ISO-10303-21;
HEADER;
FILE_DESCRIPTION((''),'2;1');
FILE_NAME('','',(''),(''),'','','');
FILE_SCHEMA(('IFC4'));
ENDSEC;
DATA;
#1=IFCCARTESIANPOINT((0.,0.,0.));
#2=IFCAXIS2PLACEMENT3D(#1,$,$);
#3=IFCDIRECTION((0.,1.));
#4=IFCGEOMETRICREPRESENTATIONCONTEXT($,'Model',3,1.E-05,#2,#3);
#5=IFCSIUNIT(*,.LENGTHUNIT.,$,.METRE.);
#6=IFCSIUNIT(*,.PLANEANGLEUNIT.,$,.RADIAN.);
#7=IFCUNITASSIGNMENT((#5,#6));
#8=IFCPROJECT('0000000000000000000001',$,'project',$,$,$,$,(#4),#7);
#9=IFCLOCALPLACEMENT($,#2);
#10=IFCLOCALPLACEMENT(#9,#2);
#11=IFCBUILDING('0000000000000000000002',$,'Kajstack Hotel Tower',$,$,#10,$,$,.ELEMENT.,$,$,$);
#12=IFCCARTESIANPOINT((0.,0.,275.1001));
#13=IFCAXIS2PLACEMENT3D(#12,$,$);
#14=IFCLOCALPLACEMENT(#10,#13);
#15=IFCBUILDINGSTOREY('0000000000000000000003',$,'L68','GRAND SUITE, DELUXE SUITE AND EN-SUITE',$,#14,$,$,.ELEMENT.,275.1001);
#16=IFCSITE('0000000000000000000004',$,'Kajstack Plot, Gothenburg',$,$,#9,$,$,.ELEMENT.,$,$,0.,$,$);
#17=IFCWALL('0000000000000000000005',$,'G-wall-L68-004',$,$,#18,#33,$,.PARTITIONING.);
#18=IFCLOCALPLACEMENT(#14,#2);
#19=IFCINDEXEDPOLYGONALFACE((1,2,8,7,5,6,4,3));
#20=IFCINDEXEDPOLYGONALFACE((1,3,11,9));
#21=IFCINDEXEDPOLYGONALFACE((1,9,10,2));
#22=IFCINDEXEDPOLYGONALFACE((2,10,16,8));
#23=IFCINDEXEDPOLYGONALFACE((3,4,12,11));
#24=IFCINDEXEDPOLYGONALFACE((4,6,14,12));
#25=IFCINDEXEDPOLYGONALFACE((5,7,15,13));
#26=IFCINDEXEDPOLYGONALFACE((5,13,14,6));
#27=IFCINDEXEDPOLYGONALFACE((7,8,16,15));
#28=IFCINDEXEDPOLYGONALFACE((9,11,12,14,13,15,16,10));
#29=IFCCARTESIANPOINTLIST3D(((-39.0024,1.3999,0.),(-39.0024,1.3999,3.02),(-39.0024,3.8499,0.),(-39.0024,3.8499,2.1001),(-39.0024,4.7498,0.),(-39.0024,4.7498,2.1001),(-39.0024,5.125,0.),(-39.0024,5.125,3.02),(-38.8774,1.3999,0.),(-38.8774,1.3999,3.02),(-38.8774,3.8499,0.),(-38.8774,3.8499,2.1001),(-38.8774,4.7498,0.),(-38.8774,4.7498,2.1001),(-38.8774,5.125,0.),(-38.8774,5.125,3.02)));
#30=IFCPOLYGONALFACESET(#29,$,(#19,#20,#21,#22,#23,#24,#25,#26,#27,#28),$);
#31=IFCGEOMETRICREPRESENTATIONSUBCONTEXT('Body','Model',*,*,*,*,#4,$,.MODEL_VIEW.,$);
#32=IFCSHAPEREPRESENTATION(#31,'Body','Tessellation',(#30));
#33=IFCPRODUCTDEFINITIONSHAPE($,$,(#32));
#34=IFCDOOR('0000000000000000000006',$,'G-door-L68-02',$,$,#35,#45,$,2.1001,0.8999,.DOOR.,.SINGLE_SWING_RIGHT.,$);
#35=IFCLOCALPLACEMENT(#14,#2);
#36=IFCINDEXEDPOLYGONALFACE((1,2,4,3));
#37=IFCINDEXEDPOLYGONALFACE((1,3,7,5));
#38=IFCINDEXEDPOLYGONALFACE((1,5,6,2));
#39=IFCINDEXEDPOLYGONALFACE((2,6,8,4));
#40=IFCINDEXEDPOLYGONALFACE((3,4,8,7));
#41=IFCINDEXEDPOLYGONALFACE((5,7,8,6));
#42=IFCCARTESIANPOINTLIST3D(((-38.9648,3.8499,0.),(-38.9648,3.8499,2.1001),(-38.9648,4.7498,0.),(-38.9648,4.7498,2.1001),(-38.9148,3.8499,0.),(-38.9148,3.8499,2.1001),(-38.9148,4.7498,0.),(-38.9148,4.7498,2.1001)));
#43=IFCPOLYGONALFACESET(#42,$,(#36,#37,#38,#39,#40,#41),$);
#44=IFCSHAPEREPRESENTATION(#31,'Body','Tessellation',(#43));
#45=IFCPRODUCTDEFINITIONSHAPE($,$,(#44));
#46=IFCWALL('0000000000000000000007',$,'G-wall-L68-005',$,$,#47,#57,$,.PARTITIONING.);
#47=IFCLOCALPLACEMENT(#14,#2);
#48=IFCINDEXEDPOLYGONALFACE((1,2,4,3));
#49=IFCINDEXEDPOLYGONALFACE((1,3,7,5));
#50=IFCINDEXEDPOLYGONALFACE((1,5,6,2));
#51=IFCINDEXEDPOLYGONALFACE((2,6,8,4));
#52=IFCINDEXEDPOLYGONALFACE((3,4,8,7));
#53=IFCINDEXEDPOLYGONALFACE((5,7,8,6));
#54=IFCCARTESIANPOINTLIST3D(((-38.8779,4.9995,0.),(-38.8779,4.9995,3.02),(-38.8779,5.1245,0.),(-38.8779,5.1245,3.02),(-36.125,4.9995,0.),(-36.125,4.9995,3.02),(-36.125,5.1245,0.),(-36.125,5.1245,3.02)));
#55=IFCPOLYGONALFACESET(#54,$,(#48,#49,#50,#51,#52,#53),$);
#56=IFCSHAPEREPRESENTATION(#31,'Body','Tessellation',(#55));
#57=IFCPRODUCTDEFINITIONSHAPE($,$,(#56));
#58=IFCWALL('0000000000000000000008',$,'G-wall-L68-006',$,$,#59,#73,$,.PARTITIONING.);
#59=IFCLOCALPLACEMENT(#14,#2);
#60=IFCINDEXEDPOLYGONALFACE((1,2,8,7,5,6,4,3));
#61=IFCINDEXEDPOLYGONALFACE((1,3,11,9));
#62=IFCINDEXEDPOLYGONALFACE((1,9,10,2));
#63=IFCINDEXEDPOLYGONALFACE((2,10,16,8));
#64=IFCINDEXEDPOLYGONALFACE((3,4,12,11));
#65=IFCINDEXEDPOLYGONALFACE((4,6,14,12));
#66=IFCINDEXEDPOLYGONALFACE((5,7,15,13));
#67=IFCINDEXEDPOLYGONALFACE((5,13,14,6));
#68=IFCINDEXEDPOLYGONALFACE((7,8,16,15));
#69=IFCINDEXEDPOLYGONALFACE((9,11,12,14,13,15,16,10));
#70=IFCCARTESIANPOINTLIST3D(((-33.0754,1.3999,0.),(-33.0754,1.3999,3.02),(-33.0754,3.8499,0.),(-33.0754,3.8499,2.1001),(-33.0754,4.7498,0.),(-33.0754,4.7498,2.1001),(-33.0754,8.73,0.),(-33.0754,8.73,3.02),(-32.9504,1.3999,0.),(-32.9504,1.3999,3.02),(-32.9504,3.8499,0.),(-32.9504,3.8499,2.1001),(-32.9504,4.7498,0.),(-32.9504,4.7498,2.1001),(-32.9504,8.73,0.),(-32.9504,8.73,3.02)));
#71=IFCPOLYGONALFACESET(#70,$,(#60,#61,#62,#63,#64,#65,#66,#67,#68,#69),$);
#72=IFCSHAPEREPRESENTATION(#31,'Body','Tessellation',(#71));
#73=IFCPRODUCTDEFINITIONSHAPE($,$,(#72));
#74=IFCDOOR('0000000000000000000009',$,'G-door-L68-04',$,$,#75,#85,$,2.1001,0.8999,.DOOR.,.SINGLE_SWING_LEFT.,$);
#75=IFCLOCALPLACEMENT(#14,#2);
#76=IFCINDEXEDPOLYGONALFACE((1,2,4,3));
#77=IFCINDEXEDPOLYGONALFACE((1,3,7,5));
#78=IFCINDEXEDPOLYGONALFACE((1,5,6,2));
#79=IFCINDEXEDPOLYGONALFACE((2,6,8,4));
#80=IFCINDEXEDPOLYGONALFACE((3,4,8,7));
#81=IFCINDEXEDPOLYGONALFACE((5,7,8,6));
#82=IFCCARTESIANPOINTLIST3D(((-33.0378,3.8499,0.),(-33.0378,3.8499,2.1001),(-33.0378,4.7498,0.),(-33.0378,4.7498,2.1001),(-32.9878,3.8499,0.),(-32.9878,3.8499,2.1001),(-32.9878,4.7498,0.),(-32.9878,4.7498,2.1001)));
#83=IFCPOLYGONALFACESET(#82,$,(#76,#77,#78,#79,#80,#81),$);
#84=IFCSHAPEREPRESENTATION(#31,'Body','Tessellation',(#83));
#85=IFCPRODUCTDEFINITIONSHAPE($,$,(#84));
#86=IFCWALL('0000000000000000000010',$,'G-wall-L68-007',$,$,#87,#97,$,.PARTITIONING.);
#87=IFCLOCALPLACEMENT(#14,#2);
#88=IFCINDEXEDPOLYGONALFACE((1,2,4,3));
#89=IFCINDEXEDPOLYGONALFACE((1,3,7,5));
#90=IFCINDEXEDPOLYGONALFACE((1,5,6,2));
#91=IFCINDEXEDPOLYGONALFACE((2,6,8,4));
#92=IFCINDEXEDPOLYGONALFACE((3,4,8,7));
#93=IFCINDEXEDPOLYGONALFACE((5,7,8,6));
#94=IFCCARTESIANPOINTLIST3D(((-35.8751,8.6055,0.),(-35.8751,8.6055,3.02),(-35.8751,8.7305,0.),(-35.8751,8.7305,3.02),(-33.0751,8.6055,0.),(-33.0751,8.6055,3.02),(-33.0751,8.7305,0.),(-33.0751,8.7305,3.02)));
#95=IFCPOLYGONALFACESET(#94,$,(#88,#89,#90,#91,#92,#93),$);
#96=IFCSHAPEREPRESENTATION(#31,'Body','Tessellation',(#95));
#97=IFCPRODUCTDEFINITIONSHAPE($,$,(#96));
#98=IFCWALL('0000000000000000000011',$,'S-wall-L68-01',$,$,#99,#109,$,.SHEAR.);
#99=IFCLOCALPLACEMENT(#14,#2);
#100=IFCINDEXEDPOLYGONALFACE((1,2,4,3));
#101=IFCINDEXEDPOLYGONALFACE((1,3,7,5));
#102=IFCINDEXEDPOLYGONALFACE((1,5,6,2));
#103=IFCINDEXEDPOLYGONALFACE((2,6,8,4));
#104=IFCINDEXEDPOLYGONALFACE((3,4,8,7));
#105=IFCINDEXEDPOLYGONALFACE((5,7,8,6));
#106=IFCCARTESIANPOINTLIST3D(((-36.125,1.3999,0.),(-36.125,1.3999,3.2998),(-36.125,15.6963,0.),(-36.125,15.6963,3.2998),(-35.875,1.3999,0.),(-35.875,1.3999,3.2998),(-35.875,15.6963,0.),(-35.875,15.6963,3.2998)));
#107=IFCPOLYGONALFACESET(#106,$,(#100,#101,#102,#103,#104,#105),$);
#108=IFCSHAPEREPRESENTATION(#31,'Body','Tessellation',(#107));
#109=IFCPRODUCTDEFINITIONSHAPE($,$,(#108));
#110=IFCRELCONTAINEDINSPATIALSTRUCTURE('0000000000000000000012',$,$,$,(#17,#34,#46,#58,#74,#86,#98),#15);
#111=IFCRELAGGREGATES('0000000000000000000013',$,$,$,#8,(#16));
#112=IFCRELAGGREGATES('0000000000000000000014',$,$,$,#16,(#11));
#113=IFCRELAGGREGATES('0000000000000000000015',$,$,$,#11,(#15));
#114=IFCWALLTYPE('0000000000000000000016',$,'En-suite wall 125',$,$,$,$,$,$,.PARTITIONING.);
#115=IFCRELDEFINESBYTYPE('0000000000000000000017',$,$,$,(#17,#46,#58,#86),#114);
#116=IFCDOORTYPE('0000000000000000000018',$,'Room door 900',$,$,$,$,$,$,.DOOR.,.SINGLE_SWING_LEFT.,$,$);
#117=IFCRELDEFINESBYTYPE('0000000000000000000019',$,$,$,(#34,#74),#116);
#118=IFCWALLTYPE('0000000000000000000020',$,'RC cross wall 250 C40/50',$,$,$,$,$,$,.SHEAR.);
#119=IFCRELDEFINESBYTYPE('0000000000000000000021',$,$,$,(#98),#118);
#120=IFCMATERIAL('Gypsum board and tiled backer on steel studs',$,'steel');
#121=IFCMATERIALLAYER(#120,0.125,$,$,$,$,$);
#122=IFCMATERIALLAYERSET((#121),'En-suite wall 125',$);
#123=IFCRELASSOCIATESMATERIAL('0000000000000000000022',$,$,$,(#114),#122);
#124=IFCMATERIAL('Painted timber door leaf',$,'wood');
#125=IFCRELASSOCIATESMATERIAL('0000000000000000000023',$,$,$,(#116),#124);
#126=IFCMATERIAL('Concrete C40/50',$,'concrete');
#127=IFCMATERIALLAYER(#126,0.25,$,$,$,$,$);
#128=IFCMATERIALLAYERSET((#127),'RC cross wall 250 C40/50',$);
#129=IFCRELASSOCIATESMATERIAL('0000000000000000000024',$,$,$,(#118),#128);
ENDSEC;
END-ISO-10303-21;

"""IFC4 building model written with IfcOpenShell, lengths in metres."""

from ifc_helpers import new_model, si_unit, direction, frame, frame_2d, origin, place, context, subcontext, project, spatial, rectangle, extrude, material, layer, layer_set, type_object, element, fill, save


model = new_model("IFC4")

# Units and contexts
model_context = context("Model", 3, precision=1e-05, world=origin(), true_north=direction((0.0, 1.0)))
body_context = subcontext(model_context, "Body", "Model", "MODEL_VIEW")
ifc_project = project(units=[si_unit("LENGTHUNIT", "METRE"), si_unit("PLANEANGLEUNIT", "RADIAN")], contexts=[model_context])

# Site, building, storey
site_placement = place(None, origin())
site = spatial("IfcSite", under=ifc_project, at=site_placement, Name="Kajstack Plot, Gothenburg", CompositionType="ELEMENT", RefElevation=0.0)
building_placement = place(site_placement, origin())
building = spatial("IfcBuilding", under=site, at=building_placement, Name="Kajstack Hotel Tower", CompositionType="ELEMENT")
storey_placement = place(building_placement, frame((0.0, 0.0, 275.1001)))
storey = spatial("IfcBuildingStorey", under=building, at=storey_placement, Name="L68", Description="GRAND SUITE, DELUXE SUITE AND EN-SUITE", CompositionType="ELEMENT", Elevation=275.1001)

# Wall, opening, door
ifc_material_1 = material(Name="Gypsum board and tiled backer on steel studs", Category="steel")
ifc_layer_1 = layer(ifc_material_1, 0.125)
ifc_layer_set_1 = layer_set([ifc_layer_1], Name="En-suite wall 125")
wall_type_1 = type_object("IfcWallType", Name="En-suite wall 125", PredefinedType="PARTITIONING", material=ifc_layer_set_1)
wall_1_placement = place(storey_placement, frame((-38.9399, 1.3999, 0.0), z_axis=(0.0, 0.0, 1.0), x_axis=(0.0, 1.0, 0.0)))
wall_1 = element("IfcWall", 1, at=wall_1_placement, inside=storey, type_object=wall_type_1, Name="G-wall-L68-004", PredefinedType="PARTITIONING", context=body_context, shape_type="SweptSolid", body=[
    extrude(rectangle(XDim=3.7251, YDim=0.125, at=frame_2d((1.8625, 0.0))), origin(), (0.0, 0.0, 1.0), 3.02),
])
opening_1_placement = place(wall_1_placement, frame((2.45, 0.0, 0.0)))
opening_1 = element("IfcOpeningElement", 2, at=opening_1_placement, cuts=wall_1, PredefinedType="OPENING", context=body_context, shape_type="SweptSolid", body=[
    extrude(rectangle(XDim=0.8999, YDim=2.1001, at=frame_2d((0.45, 1.05))), frame((0.0, 0.0725, 0.0), z_axis=(0.0, -1.0, 0.0), x_axis=(1.0, 0.0, 0.0)), (0.0, 0.0, 1.0), 0.145),
])
ifc_material_2 = material(Name="Painted timber door leaf", Category="wood")
door_type = type_object("IfcDoorType", Name="Room door 900", OperationType="SINGLE_SWING_LEFT", PredefinedType="DOOR", material=ifc_material_2)
door_1_placement = place(opening_1_placement, origin())
door_1 = element("IfcDoor", 3, at=door_1_placement, inside=storey, type_object=door_type, Name="G-door-L68-02", OperationType="SINGLE_SWING_RIGHT", OverallHeight=2.1001, OverallWidth=0.8999, PredefinedType="DOOR", context=body_context, shape_type="SweptSolid", body=[
    extrude(rectangle(XDim=0.8999, YDim=2.1001, at=frame_2d((0.45, 1.05))), frame((0.0, 0.0249, 0.0), z_axis=(0.0, -1.0, 0.0), x_axis=(1.0, 0.0, 0.0)), (0.0, 0.0, 1.0), 0.05),
])
fill(opening_1, door_1)

# Wall
wall_2_placement = place(storey_placement, frame((-38.8779, 5.062, 0.0), z_axis=(0.0, 0.0, 1.0), x_axis=(1.0, 0.0, 0.0)))
element("IfcWall", 4, at=wall_2_placement, inside=storey, type_object=wall_type_1, Name="G-wall-L68-005", PredefinedType="PARTITIONING", context=body_context, shape_type="SweptSolid", body=[
    extrude(rectangle(XDim=2.7529, YDim=0.125, at=frame_2d((1.3765, 0.0))), origin(), (0.0, 0.0, 1.0), 3.02),
])

# Wall, opening, door
wall_3_placement = place(storey_placement, frame((-33.0129, 1.3999, 0.0), z_axis=(0.0, 0.0, 1.0), x_axis=(0.0, 1.0, 0.0)))
wall_3 = element("IfcWall", 5, at=wall_3_placement, inside=storey, type_object=wall_type_1, Name="G-wall-L68-006", PredefinedType="PARTITIONING", context=body_context, shape_type="SweptSolid", body=[
    extrude(rectangle(XDim=7.3301, YDim=0.125, at=frame_2d((3.665, 0.0))), origin(), (0.0, 0.0, 1.0), 3.02),
])
opening_2_placement = place(wall_3_placement, frame((2.45, 0.0, 0.0)))
opening_2 = element("IfcOpeningElement", 6, at=opening_2_placement, cuts=wall_3, PredefinedType="OPENING", context=body_context, shape_type="SweptSolid", body=[
    extrude(rectangle(XDim=0.8999, YDim=2.1001, at=frame_2d((0.45, 1.05))), frame((0.0, 0.0725, 0.0), z_axis=(0.0, -1.0, 0.0), x_axis=(1.0, 0.0, 0.0)), (0.0, 0.0, 1.0), 0.145),
])
door_2_placement = place(opening_2_placement, origin())
door_2 = element("IfcDoor", 7, at=door_2_placement, inside=storey, type_object=door_type, Name="G-door-L68-04", OperationType="SINGLE_SWING_LEFT", OverallHeight=2.1001, OverallWidth=0.8999, PredefinedType="DOOR", context=body_context, shape_type="SweptSolid", body=[
    extrude(rectangle(XDim=0.8999, YDim=2.1001, at=frame_2d((0.45, 1.05))), frame((0.0, 0.0249, 0.0), z_axis=(0.0, -1.0, 0.0), x_axis=(1.0, 0.0, 0.0)), (0.0, 0.0, 1.0), 0.05),
])
fill(opening_2, door_2)

# Walls
wall_4_placement = place(storey_placement, frame((-35.875, 8.668, 0.0), z_axis=(0.0, 0.0, 1.0), x_axis=(1.0, 0.0, 0.0)))
element("IfcWall", 8, at=wall_4_placement, inside=storey, type_object=wall_type_1, Name="G-wall-L68-007", PredefinedType="PARTITIONING", context=body_context, shape_type="SweptSolid", body=[
    extrude(rectangle(XDim=2.8, YDim=0.125, at=frame_2d((1.3999, 0.0))), origin(), (0.0, 0.0, 1.0), 3.02),
])
ifc_material_3 = material(Name="Concrete C40/50", Category="concrete")
ifc_layer_2 = layer(ifc_material_3, 0.25)
ifc_layer_set_2 = layer_set([ifc_layer_2], Name="RC cross wall 250 C40/50")
wall_type_2 = type_object("IfcWallType", Name="RC cross wall 250 C40/50", PredefinedType="SHEAR", material=ifc_layer_set_2)
wall_5_placement = place(storey_placement, frame((-36.0, 1.3999, 0.0), z_axis=(0.0, 0.0, 1.0), x_axis=(0.0, 1.0, 0.0)))
element("IfcWall", 9, at=wall_5_placement, inside=storey, type_object=wall_type_2, Name="S-wall-L68-01", PredefinedType="SHEAR", context=body_context, shape_type="SweptSolid", body=[
    extrude(rectangle(XDim=14.2964, YDim=0.25, at=frame_2d((7.1482, 0.0))), origin(), (0.0, 0.0, 1.0), 3.2998),
])

save(model, "model.ifc")
